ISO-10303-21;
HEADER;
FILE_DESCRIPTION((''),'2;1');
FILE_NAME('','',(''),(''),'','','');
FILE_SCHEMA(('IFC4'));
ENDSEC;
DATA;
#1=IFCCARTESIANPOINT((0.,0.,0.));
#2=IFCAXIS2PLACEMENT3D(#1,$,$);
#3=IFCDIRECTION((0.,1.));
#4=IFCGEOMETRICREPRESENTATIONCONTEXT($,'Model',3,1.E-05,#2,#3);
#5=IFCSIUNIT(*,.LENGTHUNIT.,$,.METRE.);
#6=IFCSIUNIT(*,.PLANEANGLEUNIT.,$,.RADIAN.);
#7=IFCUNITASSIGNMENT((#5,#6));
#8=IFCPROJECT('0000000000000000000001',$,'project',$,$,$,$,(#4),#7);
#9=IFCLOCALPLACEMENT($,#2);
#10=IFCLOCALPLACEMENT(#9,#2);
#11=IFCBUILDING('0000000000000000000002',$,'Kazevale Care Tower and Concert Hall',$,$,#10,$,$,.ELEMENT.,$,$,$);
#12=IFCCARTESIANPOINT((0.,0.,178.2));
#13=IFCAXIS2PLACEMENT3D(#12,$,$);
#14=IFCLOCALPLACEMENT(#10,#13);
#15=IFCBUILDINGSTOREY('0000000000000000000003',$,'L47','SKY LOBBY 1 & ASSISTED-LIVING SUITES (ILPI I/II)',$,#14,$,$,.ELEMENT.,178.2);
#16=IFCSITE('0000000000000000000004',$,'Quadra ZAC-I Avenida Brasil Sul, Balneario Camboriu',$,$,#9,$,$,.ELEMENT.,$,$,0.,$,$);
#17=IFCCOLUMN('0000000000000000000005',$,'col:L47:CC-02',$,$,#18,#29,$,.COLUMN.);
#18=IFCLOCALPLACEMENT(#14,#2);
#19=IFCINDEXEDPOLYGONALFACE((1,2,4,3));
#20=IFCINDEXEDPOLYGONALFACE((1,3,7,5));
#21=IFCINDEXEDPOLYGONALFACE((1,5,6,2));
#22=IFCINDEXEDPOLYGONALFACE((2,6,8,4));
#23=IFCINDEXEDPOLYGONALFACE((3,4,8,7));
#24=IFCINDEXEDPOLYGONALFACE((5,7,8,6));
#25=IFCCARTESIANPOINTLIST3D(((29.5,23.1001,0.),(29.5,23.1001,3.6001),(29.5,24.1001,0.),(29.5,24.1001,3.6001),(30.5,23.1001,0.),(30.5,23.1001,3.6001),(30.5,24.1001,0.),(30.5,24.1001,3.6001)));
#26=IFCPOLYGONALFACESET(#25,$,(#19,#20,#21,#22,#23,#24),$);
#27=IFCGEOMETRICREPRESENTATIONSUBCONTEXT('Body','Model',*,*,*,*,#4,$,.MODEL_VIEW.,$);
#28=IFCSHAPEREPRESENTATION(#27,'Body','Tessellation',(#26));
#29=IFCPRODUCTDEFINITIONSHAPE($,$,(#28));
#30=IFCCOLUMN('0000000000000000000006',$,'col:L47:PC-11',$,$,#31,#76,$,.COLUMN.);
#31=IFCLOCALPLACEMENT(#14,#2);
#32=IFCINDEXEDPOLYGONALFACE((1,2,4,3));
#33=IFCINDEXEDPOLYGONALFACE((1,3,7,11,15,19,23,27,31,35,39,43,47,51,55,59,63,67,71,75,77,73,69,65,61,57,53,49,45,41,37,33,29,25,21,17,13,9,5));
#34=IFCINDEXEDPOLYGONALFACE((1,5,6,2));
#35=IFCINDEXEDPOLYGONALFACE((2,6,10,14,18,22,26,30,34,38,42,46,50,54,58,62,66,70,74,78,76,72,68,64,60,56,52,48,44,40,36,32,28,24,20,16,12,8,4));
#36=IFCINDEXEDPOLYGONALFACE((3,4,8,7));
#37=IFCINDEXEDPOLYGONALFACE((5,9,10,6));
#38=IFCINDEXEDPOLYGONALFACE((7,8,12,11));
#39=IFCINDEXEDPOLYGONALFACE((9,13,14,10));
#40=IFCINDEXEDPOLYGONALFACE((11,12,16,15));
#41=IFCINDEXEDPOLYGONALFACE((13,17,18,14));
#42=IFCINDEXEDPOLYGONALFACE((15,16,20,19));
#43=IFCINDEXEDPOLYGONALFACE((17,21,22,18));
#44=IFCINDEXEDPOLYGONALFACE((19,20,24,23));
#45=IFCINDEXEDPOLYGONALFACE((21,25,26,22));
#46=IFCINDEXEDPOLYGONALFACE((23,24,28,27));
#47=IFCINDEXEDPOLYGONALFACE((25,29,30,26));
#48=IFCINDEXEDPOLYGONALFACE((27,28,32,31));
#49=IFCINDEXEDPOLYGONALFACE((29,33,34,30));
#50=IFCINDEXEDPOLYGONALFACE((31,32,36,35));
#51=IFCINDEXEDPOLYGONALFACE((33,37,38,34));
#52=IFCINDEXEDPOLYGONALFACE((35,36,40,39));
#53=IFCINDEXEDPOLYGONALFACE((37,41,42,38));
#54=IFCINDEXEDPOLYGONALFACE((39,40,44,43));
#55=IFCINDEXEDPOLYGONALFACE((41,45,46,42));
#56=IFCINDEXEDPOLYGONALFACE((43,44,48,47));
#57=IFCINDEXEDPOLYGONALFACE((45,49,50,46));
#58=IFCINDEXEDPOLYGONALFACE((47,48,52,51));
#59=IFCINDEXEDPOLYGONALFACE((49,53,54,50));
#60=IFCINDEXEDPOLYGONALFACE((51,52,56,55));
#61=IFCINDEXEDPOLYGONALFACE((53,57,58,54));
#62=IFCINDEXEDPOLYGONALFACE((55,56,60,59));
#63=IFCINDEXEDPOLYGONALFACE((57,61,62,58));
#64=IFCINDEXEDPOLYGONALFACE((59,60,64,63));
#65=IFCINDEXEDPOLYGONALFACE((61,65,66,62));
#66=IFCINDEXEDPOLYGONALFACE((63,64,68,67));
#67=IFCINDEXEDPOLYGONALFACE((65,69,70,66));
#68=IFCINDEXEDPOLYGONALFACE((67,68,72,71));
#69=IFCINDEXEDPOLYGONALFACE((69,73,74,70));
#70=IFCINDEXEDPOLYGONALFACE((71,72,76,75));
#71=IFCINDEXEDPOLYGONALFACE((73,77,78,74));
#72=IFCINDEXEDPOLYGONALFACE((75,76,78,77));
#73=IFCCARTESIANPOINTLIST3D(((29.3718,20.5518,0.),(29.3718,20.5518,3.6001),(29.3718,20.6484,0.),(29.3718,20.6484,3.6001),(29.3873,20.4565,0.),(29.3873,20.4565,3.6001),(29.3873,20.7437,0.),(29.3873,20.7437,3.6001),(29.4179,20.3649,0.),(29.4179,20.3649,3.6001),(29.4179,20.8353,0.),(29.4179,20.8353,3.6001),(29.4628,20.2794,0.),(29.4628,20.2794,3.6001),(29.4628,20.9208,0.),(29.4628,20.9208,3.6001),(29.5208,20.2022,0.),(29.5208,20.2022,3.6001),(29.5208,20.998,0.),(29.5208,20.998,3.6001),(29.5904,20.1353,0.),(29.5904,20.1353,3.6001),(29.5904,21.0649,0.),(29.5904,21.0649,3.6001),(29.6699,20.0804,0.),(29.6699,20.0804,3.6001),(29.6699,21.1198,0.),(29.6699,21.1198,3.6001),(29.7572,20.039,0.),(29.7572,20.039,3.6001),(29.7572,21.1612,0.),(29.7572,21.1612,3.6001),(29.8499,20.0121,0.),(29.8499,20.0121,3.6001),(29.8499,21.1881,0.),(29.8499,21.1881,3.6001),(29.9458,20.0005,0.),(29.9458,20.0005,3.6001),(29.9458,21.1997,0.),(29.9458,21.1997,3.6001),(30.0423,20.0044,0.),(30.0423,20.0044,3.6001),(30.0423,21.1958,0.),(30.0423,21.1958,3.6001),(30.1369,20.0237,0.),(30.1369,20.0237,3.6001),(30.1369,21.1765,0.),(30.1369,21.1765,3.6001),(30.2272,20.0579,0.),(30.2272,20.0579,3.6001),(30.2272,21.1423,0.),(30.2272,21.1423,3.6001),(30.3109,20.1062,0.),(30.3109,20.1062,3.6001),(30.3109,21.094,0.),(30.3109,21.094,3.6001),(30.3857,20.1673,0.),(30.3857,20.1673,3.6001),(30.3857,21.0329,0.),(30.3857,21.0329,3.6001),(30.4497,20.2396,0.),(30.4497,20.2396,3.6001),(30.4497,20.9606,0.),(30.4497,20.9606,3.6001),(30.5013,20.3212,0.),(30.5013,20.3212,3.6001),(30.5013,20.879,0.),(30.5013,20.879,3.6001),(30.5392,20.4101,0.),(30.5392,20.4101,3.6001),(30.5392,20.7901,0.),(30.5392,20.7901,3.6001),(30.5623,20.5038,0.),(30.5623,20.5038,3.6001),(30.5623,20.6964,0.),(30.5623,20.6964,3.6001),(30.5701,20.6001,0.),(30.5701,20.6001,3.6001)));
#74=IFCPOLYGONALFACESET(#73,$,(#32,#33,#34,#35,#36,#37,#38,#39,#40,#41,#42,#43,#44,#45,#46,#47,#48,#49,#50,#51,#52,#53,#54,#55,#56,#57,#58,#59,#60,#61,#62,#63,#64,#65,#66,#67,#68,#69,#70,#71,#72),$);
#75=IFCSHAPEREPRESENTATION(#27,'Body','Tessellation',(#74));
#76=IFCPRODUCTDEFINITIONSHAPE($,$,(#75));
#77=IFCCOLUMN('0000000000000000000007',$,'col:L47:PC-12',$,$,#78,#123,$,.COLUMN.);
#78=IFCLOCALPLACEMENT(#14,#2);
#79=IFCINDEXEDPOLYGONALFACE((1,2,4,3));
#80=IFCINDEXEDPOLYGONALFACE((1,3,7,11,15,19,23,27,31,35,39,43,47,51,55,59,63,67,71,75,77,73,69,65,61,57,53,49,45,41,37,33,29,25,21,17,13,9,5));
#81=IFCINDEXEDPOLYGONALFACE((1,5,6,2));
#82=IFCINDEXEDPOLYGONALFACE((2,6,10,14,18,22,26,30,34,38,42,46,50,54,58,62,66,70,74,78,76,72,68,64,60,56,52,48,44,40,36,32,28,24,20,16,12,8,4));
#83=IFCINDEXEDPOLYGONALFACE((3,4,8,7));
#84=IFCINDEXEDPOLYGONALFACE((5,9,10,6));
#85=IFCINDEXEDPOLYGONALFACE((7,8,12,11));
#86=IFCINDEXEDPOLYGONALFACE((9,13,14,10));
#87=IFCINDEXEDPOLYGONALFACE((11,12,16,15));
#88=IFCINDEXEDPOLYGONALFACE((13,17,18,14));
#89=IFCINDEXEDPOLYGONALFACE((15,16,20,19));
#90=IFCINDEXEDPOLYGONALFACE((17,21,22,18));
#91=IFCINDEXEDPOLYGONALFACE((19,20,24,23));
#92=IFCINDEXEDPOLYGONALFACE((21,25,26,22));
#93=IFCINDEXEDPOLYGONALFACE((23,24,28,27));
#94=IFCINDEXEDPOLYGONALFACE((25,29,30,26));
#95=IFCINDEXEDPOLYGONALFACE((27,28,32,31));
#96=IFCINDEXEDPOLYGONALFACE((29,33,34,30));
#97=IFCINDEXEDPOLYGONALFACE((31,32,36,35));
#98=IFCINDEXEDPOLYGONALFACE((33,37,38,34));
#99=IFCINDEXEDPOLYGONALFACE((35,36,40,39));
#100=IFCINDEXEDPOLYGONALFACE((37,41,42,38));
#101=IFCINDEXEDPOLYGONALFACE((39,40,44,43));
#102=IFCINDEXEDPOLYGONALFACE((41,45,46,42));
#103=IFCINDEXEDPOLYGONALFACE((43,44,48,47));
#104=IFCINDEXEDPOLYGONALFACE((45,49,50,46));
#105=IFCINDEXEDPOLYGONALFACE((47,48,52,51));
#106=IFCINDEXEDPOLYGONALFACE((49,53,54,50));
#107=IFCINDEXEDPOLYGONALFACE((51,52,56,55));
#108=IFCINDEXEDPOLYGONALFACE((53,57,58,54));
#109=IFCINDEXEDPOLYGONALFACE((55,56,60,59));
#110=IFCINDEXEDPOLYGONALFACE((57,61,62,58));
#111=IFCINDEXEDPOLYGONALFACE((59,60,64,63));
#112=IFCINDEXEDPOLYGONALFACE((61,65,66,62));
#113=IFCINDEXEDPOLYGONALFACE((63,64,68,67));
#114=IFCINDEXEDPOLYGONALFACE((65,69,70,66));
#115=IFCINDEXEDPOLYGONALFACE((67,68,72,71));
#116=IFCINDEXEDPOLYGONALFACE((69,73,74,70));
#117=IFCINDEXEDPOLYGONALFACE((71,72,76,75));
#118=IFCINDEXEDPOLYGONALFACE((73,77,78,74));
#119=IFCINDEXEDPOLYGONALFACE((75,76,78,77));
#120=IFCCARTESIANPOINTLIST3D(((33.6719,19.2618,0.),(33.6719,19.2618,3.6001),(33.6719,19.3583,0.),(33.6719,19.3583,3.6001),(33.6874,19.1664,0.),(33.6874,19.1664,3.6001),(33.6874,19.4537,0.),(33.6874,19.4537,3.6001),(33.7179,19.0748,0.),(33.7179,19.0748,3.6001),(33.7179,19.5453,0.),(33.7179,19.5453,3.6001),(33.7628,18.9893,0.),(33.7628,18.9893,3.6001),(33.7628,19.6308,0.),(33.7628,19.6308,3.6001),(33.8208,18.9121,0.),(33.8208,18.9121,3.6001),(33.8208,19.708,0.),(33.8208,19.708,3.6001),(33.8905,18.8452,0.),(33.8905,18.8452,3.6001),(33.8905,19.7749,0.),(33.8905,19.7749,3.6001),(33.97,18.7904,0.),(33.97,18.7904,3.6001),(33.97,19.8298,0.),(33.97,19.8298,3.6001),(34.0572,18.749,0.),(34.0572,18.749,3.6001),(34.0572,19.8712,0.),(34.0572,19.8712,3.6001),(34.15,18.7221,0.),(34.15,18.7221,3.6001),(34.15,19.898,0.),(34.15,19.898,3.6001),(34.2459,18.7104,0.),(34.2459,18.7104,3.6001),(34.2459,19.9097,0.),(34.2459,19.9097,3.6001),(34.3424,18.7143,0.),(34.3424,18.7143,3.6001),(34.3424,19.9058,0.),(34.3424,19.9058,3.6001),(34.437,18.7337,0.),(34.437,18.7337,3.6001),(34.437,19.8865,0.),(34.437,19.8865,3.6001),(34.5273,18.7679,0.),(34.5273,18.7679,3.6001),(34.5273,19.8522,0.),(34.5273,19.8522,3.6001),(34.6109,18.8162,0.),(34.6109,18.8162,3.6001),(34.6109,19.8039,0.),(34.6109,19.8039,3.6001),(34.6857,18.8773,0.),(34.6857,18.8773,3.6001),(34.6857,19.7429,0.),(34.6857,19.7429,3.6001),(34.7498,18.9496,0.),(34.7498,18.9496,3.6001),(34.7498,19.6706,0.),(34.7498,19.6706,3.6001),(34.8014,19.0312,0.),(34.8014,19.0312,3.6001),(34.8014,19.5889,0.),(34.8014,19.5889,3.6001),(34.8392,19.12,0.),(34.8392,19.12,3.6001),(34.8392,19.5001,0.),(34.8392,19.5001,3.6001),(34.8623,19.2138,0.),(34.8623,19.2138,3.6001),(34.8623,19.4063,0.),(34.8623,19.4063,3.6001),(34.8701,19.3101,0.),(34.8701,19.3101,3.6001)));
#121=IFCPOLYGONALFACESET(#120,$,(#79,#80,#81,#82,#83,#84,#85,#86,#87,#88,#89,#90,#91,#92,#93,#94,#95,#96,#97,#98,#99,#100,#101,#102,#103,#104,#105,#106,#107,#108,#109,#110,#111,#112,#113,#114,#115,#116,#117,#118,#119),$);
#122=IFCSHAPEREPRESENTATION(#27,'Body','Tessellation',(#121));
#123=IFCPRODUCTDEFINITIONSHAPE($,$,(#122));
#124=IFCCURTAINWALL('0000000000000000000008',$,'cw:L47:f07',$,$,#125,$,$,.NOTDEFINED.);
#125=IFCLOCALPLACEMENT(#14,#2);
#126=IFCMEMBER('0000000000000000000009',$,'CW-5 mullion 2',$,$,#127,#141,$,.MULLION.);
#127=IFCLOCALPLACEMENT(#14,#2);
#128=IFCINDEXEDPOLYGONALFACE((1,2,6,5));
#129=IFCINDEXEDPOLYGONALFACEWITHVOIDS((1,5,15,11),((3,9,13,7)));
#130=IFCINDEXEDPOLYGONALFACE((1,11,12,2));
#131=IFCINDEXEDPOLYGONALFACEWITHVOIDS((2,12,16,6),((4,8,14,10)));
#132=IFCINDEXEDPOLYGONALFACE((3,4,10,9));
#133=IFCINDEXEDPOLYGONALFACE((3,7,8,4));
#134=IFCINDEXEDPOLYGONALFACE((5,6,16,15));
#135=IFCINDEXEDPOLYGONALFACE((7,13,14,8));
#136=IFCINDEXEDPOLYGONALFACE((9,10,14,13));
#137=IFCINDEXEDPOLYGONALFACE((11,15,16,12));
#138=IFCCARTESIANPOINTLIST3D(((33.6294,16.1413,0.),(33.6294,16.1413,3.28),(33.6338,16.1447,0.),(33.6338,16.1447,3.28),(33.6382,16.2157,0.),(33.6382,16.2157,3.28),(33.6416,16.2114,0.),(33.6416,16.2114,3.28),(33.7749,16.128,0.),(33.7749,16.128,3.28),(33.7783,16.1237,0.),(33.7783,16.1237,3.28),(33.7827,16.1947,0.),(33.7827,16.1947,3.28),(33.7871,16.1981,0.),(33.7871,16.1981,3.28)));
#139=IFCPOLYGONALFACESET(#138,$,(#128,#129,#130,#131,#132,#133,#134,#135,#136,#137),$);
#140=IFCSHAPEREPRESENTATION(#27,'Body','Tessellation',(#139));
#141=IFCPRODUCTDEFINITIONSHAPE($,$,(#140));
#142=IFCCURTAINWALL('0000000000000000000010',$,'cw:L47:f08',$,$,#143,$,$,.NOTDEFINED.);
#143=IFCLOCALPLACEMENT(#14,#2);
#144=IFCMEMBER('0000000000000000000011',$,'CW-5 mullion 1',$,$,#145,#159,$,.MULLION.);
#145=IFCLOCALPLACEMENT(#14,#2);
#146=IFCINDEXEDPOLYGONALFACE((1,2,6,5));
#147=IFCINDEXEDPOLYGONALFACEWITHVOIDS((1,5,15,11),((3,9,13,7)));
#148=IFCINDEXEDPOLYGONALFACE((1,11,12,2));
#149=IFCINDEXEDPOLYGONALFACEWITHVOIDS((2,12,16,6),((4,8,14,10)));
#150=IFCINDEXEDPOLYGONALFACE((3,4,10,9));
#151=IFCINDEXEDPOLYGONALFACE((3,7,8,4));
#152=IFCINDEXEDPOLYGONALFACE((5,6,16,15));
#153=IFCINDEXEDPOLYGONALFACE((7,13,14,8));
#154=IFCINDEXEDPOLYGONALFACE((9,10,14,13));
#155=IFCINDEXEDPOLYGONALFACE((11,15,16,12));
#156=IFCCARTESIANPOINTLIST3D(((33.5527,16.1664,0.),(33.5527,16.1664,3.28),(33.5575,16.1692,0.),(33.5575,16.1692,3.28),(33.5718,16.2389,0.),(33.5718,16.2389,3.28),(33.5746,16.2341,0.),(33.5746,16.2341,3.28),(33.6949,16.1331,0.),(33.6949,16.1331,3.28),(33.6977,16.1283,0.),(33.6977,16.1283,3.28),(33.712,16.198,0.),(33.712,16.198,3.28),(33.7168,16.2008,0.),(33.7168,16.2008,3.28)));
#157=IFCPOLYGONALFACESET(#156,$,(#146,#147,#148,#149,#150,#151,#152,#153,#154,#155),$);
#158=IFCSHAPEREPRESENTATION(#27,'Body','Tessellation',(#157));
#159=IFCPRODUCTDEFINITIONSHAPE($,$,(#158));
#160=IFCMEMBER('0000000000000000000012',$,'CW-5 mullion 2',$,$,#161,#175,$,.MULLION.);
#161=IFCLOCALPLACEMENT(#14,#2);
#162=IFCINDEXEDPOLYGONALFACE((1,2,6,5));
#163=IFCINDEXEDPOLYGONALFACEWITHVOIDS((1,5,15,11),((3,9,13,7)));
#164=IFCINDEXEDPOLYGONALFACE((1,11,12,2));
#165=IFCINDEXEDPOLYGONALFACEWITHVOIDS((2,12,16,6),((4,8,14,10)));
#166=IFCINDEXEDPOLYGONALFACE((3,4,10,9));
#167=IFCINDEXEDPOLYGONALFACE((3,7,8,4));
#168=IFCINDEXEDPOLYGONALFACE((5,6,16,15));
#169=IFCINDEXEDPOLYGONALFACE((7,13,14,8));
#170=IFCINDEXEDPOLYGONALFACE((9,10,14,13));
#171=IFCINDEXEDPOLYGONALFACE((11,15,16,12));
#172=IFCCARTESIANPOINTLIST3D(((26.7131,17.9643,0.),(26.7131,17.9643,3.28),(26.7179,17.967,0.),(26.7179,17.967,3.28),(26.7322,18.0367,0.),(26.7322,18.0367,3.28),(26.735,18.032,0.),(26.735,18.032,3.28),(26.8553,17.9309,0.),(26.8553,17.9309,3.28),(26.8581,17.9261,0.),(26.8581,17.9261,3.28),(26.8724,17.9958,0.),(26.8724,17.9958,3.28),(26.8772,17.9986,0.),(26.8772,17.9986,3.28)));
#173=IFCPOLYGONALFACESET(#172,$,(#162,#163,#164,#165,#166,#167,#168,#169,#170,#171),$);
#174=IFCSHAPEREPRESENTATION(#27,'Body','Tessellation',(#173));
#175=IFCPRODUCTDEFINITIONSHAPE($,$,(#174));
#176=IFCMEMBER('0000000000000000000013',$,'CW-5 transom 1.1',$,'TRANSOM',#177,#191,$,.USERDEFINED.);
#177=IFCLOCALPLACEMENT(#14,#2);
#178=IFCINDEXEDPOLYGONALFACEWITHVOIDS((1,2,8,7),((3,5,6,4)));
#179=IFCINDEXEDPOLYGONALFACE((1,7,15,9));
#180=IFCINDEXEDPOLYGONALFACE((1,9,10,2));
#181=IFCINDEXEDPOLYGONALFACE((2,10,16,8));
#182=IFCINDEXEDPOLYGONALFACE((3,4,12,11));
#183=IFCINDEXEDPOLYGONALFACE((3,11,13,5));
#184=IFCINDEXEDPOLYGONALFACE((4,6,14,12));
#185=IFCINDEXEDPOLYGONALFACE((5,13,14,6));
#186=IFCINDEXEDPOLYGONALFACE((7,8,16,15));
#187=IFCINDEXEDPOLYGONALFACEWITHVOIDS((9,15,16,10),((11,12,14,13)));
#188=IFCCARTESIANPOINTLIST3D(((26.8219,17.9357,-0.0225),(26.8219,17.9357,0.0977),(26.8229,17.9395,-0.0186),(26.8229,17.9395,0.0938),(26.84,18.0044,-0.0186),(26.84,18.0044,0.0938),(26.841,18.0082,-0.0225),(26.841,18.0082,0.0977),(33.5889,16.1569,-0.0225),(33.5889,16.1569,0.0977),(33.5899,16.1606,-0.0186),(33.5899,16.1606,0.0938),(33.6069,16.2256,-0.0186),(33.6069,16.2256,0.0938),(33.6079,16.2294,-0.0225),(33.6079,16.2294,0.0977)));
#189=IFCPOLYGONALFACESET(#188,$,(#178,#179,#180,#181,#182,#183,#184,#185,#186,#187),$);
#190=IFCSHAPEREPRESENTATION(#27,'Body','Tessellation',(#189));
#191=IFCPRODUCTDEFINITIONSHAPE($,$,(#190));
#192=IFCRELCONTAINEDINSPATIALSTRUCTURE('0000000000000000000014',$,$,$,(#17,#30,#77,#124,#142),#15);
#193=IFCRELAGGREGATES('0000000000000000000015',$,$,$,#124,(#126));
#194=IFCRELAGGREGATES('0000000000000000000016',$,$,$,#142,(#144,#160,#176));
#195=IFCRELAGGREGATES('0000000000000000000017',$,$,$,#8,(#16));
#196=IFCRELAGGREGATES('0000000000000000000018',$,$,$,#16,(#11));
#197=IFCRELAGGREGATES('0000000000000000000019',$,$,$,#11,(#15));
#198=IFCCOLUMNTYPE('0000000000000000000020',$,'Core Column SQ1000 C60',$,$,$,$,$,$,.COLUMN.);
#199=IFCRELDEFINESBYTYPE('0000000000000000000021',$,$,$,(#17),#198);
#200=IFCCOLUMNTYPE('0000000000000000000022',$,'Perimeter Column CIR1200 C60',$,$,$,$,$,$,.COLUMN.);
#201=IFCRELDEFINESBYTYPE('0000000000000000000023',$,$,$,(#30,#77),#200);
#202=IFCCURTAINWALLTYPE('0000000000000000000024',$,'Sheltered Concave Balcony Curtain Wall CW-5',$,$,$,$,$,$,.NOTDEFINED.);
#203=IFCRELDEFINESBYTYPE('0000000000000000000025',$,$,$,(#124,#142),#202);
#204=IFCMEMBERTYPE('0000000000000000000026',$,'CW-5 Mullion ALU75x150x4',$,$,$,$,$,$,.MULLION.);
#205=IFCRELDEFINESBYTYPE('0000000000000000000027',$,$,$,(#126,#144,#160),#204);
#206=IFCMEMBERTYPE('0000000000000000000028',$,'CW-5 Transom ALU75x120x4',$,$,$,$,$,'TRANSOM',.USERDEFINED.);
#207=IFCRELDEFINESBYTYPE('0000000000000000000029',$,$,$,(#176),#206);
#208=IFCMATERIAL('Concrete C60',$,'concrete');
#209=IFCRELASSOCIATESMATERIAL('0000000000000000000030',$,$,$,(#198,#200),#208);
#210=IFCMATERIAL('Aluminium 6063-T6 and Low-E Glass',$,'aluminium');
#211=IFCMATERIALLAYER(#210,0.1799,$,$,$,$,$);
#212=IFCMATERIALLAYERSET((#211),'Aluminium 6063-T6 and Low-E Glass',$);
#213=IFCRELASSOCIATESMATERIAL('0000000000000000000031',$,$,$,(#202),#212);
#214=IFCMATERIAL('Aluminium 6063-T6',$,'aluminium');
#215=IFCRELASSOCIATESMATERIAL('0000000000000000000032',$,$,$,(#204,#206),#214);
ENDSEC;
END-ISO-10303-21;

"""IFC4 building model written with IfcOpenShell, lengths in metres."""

from ifc_helpers import new_model, si_unit, direction, frame, origin, origin_2d, place, context, subcontext, project, spatial, rectangle, hollow_rectangle, circle, extrude, material, layer, layer_set, material_profile, profile_set, type_object, element, aggregate, save


model = new_model("IFC4")

# Units and contexts
model_context = context("Model", 3, precision=1e-05, world=origin(), true_north=direction((0.0, 1.0)))
body_context = subcontext(model_context, "Body", "Model", "MODEL_VIEW")
ifc_project = project(units=[si_unit("LENGTHUNIT", "METRE"), si_unit("PLANEANGLEUNIT", "RADIAN")], contexts=[model_context])

# Site, building, storey
site_placement = place(None, origin())
site = spatial("IfcSite", under=ifc_project, at=site_placement, Name="Quadra ZAC-I Avenida Brasil Sul, Balneario Camboriu", CompositionType="ELEMENT", RefElevation=0.0)
building_placement = place(site_placement, origin())
building = spatial("IfcBuilding", under=site, at=building_placement, Name="Kazevale Care Tower and Concert Hall", CompositionType="ELEMENT")
storey_placement = place(building_placement, frame((0.0, 0.0, 178.2)))
storey = spatial("IfcBuildingStorey", under=building, at=storey_placement, Name="L47", Description="SKY LOBBY 1 & ASSISTED-LIVING SUITES (ILPI I/II)", CompositionType="ELEMENT", Elevation=178.2)

# Columns
ifc_material_1 = material(Name="Concrete C60", Category="concrete")
ifc_material_profile_1 = material_profile(ifc_material_1, rectangle(XDim=1.0, YDim=1.0, at=origin_2d()), Name="RC-SQ1000")
ifc_profile_set_1 = profile_set([ifc_material_profile_1], Name="Concrete C60")
column_type_1 = type_object("IfcColumnType", Name="Core Column SQ1000 C60", PredefinedType="COLUMN", material=ifc_profile_set_1)
column_placement = place(storey_placement, frame((30.0, 23.6001, 0.0), z_axis=(0.0, 0.0, 1.0), x_axis=(1.0, 0.0, 0.0)))
element("IfcColumn", 1, at=column_placement, inside=storey, type_object=column_type_1, Name="col:L47:CC-02", PredefinedType="COLUMN", context=body_context, shape_type="SweptSolid", body=[
    extrude(rectangle(XDim=1.0, YDim=1.0, at=origin_2d()), origin(), (0.0, 0.0, 1.0), 3.6001),
])
ifc_material_profile_2 = material_profile(ifc_material_1, circle(Radius=0.6001, at=origin_2d()), Name="RC-CIR1200")
ifc_profile_set_2 = profile_set([ifc_material_profile_2], Name="Concrete C60")
column_type_2 = type_object("IfcColumnType", Name="Perimeter Column CIR1200 C60", PredefinedType="COLUMN", material=ifc_profile_set_2)
for number, where, z_axis, x_axis, name in (
    (2, (29.97, 20.6001, 0.0), (0.0, 0.0, 1.0), (1.0, 0.0, 0.0), "col:L47:PC-11"),
    (3, (34.27, 19.3101, 0.0), (0.0, 0.0, 1.0), (1.0, 0.0, 0.0), "col:L47:PC-12"),
):
    element("IfcColumn", number, at=place(storey_placement, frame(where, z_axis=z_axis, x_axis=x_axis)), inside=storey, type_object=column_type_2, Name=name, PredefinedType="COLUMN", context=body_context, shape_type="SweptSolid", body=[
        extrude(circle(Radius=0.6001, at=origin_2d()), origin(), (0.0, 0.0, 1.0), 3.6001),
    ])

# Curtain wall, member
ifc_material_2 = material(Name="Aluminium 6063-T6 and Low-E Glass", Category="aluminium")
ifc_layer_1 = layer(ifc_material_2, 0.1799)
ifc_layer_set_1 = layer_set([ifc_layer_1], Name="Aluminium 6063-T6 and Low-E Glass")
curtain_wall_type = type_object("IfcCurtainWallType", Name="Sheltered Concave Balcony Curtain Wall CW-5", PredefinedType="NOTDEFINED", material=ifc_layer_set_1)
curtain_wall_1_placement = place(storey_placement, origin())
curtain_wall_1 = element("IfcCurtainWall", 4, at=curtain_wall_1_placement, inside=storey, type_object=curtain_wall_type, Name="cw:L47:f07", PredefinedType="NOTDEFINED")
ifc_material_3 = material(Name="Aluminium 6063-T6", Category="aluminium")
ifc_material_profile_3 = material_profile(ifc_material_3, hollow_rectangle(XDim=0.075, YDim=0.1499, WallThickness=0.0039, at=origin_2d()), Name="ALU75x150x4")
ifc_profile_set_3 = profile_set([ifc_material_profile_3], Name="Aluminium 6063-T6")
member_type_1 = type_object("IfcMemberType", Name="CW-5 Mullion ALU75x150x4", PredefinedType="MULLION", material=ifc_profile_set_3)
member_1_placement = place(storey_placement, frame((33.7083, 16.1697, 0.0), z_axis=(0.0, 0.0, 1.0), x_axis=(-0.117372, -0.993088, 0.0)))
member_1 = element("IfcMember", 5, at=member_1_placement, type_object=member_type_1, Name="CW-5 mullion 2", PredefinedType="MULLION", context=body_context, shape_type="SweptSolid", body=[
    extrude(hollow_rectangle(XDim=0.075, YDim=0.1499, WallThickness=0.0039, at=origin_2d()), origin(), (0.0, 0.0, 1.0), 3.28),
])
aggregate(curtain_wall_1, [member_1])

# Curtain wall, members
curtain_wall_2_placement = place(storey_placement, origin())
curtain_wall_2 = element("IfcCurtainWall", 6, at=curtain_wall_2_placement, inside=storey, type_object=curtain_wall_type, Name="cw:L47:f08", PredefinedType="NOTDEFINED")
member_2_placement = place(storey_placement, frame((33.6348, 16.1836, 0.0), z_axis=(0.0, 0.0, 1.0), x_axis=(-0.254238, -0.967142, 0.0)))
member_2 = element("IfcMember", 7, at=member_2_placement, type_object=member_type_1, Name="CW-5 mullion 1", PredefinedType="MULLION", context=body_context, shape_type="SweptSolid", body=[
    extrude(hollow_rectangle(XDim=0.075, YDim=0.1499, WallThickness=0.0039, at=origin_2d()), origin(), (0.0, 0.0, 1.0), 3.28),
])
member_3_placement = place(storey_placement, frame((26.7952, 17.9814, 0.0), z_axis=(0.0, 0.0, 1.0), x_axis=(-0.254238, -0.967142, 0.0)))
member_3 = element("IfcMember", 8, at=member_3_placement, type_object=member_type_1, Name="CW-5 mullion 2", PredefinedType="MULLION", context=body_context, shape_type="SweptSolid", body=[
    extrude(hollow_rectangle(XDim=0.075, YDim=0.1499, WallThickness=0.0039, at=origin_2d()), origin(), (0.0, 0.0, 1.0), 3.28),
])
ifc_material_profile_4 = material_profile(ifc_material_3, hollow_rectangle(XDim=0.075, YDim=0.1201, WallThickness=0.0039, at=origin_2d()), Name="ALU75x120x4")
ifc_profile_set_4 = profile_set([ifc_material_profile_4], Name="Aluminium 6063-T6")
member_type_2 = type_object("IfcMemberType", Name="CW-5 Transom ALU75x120x4", ElementType="TRANSOM", PredefinedType="USERDEFINED", material=ifc_profile_set_4)
member_4_placement = place(storey_placement, frame((33.5984, 16.1931, 0.0376), z_axis=(-0.967143, 0.254234, 0.0), x_axis=(-0.254234, -0.967143, 0.0)))
member_4 = element("IfcMember", 9, at=member_4_placement, type_object=member_type_2, Name="CW-5 transom 1.1", ObjectType="TRANSOM", PredefinedType="USERDEFINED", context=body_context, shape_type="SweptSolid", body=[
    extrude(hollow_rectangle(XDim=0.075, YDim=0.1201, WallThickness=0.0039, at=origin_2d()), origin(), (0.0, 0.0, 1.0), 6.9968),
])

aggregate(curtain_wall_2, [member_2, member_3, member_4])

save(model, "model.ifc")
